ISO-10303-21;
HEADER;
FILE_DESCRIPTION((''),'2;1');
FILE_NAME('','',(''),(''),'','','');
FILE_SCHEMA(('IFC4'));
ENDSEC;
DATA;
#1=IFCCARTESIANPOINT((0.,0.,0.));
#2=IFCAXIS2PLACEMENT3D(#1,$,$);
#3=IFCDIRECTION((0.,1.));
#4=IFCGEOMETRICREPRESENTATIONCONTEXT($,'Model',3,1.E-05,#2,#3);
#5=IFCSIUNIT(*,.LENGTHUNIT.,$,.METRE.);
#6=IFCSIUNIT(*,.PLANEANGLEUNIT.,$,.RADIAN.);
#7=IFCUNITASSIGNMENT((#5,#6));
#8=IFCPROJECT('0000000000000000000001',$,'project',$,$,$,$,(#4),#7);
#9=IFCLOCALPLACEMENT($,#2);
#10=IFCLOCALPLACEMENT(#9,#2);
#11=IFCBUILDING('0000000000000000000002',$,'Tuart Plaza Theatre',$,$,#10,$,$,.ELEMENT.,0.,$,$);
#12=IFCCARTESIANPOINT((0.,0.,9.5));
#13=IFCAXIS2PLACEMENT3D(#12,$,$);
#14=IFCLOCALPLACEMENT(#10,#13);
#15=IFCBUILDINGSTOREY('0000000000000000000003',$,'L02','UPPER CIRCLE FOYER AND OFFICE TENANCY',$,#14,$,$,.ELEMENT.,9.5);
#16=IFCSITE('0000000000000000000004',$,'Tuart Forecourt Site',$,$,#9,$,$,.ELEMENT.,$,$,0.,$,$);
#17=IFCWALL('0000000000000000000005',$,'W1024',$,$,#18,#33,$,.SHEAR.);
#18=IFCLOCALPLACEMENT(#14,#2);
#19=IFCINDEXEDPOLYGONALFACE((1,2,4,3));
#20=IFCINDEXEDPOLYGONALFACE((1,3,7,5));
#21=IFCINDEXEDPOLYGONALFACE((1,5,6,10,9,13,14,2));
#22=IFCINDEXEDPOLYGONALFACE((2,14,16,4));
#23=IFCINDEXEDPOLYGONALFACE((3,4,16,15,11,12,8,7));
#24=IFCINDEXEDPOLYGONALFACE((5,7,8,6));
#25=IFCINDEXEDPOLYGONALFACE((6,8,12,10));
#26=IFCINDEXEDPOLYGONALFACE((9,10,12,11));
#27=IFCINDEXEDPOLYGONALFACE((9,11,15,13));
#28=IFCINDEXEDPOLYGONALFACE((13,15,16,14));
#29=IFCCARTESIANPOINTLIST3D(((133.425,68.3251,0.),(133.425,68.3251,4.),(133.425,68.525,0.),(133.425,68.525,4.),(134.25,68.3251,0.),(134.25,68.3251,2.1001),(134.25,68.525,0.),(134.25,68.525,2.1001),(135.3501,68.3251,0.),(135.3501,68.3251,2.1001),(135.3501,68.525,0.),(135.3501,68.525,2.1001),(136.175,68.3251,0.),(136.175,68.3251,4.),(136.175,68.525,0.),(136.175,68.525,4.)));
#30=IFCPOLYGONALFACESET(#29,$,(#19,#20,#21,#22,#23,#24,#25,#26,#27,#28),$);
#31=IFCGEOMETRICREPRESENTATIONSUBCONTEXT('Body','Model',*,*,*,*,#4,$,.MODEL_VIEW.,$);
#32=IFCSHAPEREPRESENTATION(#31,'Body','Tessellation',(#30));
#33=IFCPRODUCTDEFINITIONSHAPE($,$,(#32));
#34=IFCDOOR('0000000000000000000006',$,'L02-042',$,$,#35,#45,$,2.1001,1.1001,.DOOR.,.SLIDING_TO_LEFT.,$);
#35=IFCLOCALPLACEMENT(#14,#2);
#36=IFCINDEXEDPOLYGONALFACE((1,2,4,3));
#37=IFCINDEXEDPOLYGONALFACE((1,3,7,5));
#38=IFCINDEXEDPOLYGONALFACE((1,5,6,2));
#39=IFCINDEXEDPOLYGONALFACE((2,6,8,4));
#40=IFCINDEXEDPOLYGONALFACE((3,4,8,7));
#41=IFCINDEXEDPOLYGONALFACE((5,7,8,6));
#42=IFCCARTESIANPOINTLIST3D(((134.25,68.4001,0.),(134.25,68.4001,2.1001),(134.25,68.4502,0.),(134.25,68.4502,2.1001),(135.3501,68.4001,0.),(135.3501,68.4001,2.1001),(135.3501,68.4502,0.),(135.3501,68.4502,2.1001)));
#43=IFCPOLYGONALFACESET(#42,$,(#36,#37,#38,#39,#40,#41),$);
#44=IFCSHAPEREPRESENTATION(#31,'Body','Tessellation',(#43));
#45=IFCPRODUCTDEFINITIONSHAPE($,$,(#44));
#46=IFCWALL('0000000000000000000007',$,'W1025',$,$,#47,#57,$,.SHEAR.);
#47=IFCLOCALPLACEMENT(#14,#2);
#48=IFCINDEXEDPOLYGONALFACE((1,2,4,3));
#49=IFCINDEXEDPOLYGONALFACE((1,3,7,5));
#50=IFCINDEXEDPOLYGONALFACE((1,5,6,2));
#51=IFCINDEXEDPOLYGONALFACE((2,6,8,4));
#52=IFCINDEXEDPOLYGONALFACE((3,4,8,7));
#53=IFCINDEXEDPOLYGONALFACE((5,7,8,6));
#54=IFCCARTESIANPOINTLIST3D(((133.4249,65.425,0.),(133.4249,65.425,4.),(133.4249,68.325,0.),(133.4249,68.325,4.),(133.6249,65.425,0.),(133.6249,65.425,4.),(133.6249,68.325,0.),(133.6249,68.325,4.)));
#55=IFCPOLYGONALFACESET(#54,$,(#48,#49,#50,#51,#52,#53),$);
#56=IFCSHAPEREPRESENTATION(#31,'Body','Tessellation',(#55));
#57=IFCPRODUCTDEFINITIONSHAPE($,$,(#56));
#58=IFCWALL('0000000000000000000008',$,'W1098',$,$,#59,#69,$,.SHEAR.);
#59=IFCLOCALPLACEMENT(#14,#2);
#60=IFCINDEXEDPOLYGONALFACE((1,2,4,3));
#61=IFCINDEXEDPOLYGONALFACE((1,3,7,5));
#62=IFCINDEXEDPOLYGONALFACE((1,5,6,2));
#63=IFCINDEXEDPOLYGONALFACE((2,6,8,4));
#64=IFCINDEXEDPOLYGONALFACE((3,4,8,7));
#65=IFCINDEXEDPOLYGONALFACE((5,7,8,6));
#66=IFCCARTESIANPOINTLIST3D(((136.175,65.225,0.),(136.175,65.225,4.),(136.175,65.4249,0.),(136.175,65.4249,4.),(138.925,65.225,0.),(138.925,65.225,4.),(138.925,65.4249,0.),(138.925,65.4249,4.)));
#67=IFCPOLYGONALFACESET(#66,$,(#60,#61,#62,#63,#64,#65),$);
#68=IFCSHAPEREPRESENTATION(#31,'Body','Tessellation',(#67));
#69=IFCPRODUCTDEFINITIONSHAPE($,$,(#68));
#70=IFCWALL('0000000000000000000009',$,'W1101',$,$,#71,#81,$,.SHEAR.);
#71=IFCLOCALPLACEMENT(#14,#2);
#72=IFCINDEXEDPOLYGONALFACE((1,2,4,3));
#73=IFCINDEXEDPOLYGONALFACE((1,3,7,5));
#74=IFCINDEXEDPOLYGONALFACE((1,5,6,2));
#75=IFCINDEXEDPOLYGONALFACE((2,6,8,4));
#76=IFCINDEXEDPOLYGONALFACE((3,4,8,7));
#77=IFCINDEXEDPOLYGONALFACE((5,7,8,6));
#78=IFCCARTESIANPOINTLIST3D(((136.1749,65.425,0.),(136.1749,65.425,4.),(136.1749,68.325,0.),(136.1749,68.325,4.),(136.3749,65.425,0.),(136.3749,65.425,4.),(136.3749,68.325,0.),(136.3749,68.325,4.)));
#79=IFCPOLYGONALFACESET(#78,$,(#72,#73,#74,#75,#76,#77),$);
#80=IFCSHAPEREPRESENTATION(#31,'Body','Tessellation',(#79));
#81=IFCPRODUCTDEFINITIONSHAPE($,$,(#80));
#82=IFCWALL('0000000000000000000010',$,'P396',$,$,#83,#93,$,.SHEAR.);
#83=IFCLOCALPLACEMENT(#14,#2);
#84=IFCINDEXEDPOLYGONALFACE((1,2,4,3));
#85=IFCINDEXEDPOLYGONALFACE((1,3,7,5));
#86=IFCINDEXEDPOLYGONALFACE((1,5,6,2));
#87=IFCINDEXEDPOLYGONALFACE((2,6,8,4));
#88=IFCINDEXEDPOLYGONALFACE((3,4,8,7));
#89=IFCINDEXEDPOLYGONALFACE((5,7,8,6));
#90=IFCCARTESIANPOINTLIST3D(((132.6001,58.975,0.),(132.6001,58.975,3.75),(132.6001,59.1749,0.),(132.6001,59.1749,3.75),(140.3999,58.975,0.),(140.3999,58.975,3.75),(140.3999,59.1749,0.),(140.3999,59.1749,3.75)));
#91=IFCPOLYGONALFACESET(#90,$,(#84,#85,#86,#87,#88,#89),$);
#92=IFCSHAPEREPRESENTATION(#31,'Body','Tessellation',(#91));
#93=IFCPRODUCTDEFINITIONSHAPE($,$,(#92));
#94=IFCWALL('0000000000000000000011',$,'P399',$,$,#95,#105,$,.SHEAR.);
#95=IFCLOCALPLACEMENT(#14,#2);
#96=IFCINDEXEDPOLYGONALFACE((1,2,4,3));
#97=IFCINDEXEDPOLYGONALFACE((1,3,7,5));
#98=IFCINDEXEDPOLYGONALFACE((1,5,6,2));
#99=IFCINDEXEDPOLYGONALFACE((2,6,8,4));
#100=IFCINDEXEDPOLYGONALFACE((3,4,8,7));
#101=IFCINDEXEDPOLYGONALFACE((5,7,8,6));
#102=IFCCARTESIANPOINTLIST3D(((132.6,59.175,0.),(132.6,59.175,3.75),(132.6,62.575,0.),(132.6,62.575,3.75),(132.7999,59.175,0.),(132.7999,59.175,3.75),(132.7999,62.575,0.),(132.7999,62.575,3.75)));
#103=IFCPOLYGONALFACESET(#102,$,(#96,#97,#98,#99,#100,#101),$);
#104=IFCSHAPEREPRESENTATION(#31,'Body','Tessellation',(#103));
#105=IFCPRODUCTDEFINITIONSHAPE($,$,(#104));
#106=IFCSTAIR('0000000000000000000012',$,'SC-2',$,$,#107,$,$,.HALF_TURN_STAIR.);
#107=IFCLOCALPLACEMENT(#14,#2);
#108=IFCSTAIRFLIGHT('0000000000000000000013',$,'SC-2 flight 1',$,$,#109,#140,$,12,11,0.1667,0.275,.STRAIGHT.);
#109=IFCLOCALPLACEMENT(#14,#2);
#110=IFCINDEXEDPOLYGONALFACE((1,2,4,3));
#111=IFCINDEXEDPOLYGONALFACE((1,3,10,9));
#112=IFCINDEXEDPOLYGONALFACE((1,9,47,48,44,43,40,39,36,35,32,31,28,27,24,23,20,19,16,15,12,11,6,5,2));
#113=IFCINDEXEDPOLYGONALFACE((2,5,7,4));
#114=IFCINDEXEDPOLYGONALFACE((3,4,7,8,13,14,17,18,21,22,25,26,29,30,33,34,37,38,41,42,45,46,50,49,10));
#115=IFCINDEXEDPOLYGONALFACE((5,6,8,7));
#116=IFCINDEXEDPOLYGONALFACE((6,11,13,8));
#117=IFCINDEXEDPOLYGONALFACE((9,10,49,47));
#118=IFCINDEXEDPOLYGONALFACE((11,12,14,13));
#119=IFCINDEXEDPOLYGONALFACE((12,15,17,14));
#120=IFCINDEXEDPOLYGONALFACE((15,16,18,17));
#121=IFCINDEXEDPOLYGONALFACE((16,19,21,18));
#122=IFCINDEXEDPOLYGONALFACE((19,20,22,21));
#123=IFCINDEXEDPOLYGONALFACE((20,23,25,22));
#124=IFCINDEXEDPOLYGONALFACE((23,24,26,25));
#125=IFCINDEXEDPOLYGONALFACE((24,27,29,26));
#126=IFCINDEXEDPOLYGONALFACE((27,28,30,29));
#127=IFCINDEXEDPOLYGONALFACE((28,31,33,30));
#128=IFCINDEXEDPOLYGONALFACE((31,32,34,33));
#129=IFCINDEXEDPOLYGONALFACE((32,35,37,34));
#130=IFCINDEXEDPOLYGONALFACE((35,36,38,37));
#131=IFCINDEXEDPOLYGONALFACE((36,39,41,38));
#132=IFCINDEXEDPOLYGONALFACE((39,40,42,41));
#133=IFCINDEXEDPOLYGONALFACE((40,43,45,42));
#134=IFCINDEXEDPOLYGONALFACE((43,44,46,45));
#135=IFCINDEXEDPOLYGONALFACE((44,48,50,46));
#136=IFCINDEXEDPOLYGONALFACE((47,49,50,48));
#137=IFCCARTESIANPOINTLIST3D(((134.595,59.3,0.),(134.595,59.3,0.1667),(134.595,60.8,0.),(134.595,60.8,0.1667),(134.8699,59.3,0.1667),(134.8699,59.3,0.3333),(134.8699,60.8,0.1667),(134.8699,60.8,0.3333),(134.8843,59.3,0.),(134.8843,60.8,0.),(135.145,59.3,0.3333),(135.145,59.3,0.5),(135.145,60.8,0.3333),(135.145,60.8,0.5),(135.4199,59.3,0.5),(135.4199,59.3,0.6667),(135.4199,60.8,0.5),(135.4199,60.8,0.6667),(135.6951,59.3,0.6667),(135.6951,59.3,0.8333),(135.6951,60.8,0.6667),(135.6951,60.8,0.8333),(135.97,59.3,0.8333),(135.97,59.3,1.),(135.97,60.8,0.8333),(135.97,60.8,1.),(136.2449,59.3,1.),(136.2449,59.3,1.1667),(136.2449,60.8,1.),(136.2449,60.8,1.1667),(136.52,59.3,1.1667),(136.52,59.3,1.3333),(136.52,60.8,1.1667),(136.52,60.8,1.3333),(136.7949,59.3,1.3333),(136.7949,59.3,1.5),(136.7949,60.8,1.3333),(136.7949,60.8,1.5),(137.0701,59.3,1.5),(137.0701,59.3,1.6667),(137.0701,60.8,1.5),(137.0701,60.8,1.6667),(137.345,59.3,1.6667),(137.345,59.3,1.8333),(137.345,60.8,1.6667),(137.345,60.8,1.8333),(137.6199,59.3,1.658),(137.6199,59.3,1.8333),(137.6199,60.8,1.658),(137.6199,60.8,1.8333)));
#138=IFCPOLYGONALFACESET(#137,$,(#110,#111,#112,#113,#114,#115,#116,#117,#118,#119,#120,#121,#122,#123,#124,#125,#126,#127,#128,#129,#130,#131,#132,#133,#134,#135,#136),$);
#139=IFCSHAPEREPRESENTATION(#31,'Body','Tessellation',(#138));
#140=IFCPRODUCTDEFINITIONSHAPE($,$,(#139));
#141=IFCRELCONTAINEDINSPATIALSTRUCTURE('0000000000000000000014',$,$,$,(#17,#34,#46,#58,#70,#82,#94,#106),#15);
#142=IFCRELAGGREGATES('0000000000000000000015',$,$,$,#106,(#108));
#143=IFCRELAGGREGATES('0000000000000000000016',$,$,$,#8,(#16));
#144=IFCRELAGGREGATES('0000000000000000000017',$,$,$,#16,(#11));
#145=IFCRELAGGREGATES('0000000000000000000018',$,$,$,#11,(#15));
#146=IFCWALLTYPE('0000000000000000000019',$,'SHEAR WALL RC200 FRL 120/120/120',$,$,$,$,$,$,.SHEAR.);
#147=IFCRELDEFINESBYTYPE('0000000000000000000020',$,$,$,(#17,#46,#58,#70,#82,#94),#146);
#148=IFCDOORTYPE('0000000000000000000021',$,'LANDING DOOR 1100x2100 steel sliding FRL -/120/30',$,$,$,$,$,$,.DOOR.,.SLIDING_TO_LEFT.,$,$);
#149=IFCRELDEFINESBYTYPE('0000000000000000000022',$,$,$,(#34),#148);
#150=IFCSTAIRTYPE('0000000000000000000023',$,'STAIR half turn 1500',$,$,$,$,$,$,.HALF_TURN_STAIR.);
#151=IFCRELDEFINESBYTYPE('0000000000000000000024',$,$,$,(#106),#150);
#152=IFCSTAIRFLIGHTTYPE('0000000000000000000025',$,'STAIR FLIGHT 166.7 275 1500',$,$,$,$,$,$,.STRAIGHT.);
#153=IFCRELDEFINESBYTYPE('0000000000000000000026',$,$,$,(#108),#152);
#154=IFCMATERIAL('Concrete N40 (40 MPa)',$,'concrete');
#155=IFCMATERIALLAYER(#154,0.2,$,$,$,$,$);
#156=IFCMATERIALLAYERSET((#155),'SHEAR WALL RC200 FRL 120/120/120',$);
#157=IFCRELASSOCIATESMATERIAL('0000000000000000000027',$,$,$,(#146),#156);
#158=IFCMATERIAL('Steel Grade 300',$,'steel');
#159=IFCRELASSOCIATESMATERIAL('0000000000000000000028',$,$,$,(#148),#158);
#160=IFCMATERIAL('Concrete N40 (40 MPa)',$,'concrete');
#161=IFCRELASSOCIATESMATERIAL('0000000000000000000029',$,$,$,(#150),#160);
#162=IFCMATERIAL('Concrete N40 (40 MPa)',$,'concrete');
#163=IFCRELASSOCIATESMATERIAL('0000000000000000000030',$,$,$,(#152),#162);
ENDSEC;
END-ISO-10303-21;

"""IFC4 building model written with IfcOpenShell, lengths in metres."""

from ifc_helpers import new_model, si_unit, direction, frame, frame_2d, origin, place, context, subcontext, project, spatial, polyline, rectangle, outline, extrude, material, layer, layer_set, type_object, element, fill, aggregate, save


model = new_model("IFC4")

# Units and contexts
model_context = context("Model", 3, precision=1e-05, world=origin(), true_north=direction((0.0, 1.0)))
body_context = subcontext(model_context, "Body", "Model", "MODEL_VIEW")
ifc_project = project(units=[si_unit("LENGTHUNIT", "METRE"), si_unit("PLANEANGLEUNIT", "RADIAN")], contexts=[model_context])

# Site, building, storey
site_placement = place(None, origin())
site = spatial("IfcSite", under=ifc_project, at=site_placement, Name="Tuart Forecourt Site", CompositionType="ELEMENT", RefElevation=0.0)
building_placement = place(site_placement, origin())
building = spatial("IfcBuilding", under=site, at=building_placement, Name="Tuart Plaza Theatre", CompositionType="ELEMENT", ElevationOfRefHeight=0.0)
storey_placement = place(building_placement, frame((0.0, 0.0, 9.5)))
storey = spatial("IfcBuildingStorey", under=building, at=storey_placement, Name="L02", Description="UPPER CIRCLE FOYER AND OFFICE TENANCY", CompositionType="ELEMENT", Elevation=9.5)

# Shared definitions
ifc_material_1 = material(Name="Concrete N40 (40 MPa)", Category="concrete")
ifc_layer_1 = layer(ifc_material_1, 0.2)
ifc_layer_set_1 = layer_set([ifc_layer_1], Name="SHEAR WALL RC200 FRL 120/120/120")
wall_type_1 = type_object("IfcWallType", Name="SHEAR WALL RC200 FRL 120/120/120", PredefinedType="SHEAR", material=ifc_layer_set_1)

# Shared definitions
ifc_material_2 = material(Name="Steel Grade 300", Category="steel")
door_type_1 = type_object("IfcDoorType", Name="LANDING DOOR 1100x2100 steel sliding FRL -/120/30", OperationType="SLIDING_TO_LEFT", PredefinedType="DOOR", material=ifc_material_2)

# Wall, opening, door
wall_1_placement = place(storey_placement, frame((136.175, 68.425, 0.0), z_axis=(0.0, 0.0, 1.0), x_axis=(-1.0, 0.0, 0.0)))
wall_1 = element("IfcWall", 1, at=wall_1_placement, inside=storey, type_object=wall_type_1, Name="W1024", PredefinedType="SHEAR", context=body_context, shape_type="SweptSolid", body=[
    extrude(rectangle(XDim=2.75, YDim=0.2, at=frame_2d((1.375, 0.0))), origin(), (0.0, 0.0, 1.0), 4.0),
])
opening_1_placement = place(wall_1_placement, frame((0.825, 0.0, 0.0)))
opening_1 = element("IfcOpeningElement", 2, at=opening_1_placement, cuts=wall_1, PredefinedType="OPENING", context=body_context, shape_type="SweptSolid", body=[
    extrude(rectangle(XDim=1.1001, YDim=2.1001, at=frame_2d((0.55, 1.05))), frame((0.0, 0.1099, 0.0), z_axis=(0.0, -1.0, 0.0), x_axis=(1.0, 0.0, 0.0)), (0.0, 0.0, 1.0), 0.22),
])
door_1_placement = place(opening_1_placement, origin())
door_1 = element("IfcDoor", 3, at=door_1_placement, inside=storey, type_object=door_type_1, Name="L02-042", OperationType="SLIDING_TO_LEFT", OverallHeight=2.1001, OverallWidth=1.1001, PredefinedType="DOOR", context=body_context, shape_type="SweptSolid", body=[
    extrude(rectangle(XDim=1.1001, YDim=2.1001, at=frame_2d((0.55, 1.05))), frame((0.0, 0.0249, 0.0), z_axis=(0.0, -1.0, 0.0), x_axis=(1.0, 0.0, 0.0)), (0.0, 0.0, 1.0), 0.05),
])
fill(opening_1, door_1)

# Walls
wall_2_placement = place(storey_placement, frame((133.5249, 68.325, 0.0), z_axis=(0.0, 0.0, 1.0), x_axis=(0.0, -1.0, 0.0)))
element("IfcWall", 4, at=wall_2_placement, inside=storey, type_object=wall_type_1, Name="W1025", PredefinedType="SHEAR", context=body_context, shape_type="SweptSolid", body=[
    extrude(rectangle(XDim=2.8999, YDim=0.2, at=frame_2d((1.45, 0.0))), origin(), (0.0, 0.0, 1.0), 4.0),
])
wall_3_placement = place(storey_placement, frame((136.175, 65.325, 0.0), z_axis=(0.0, 0.0, 1.0), x_axis=(1.0, 0.0, 0.0)))
element("IfcWall", 5, at=wall_3_placement, inside=storey, type_object=wall_type_1, Name="W1098", PredefinedType="SHEAR", context=body_context, shape_type="SweptSolid", body=[
    extrude(rectangle(XDim=2.75, YDim=0.2, at=frame_2d((1.375, 0.0))), origin(), (0.0, 0.0, 1.0), 4.0),
])
wall_4_placement = place(storey_placement, frame((136.2749, 68.325, 0.0), z_axis=(0.0, 0.0, 1.0), x_axis=(0.0, -1.0, 0.0)))
element("IfcWall", 6, at=wall_4_placement, inside=storey, type_object=wall_type_1, Name="W1101", PredefinedType="SHEAR", context=body_context, shape_type="SweptSolid", body=[
    extrude(rectangle(XDim=2.8999, YDim=0.2, at=frame_2d((1.45, 0.0))), origin(), (0.0, 0.0, 1.0), 4.0),
])
wall_5_placement = place(storey_placement, frame((132.6001, 59.075, 0.0), z_axis=(0.0, 0.0, 1.0), x_axis=(1.0, 0.0, 0.0)))
element("IfcWall", 7, at=wall_5_placement, inside=storey, type_object=wall_type_1, Name="P396", PredefinedType="SHEAR", context=body_context, shape_type="SweptSolid", body=[
    extrude(rectangle(XDim=7.7998, YDim=0.2, at=frame_2d((3.8999, 0.0))), origin(), (0.0, 0.0, 1.0), 3.75),
])
wall_6_placement = place(storey_placement, frame((132.7, 62.575, 0.0), z_axis=(0.0, 0.0, 1.0), x_axis=(0.0, -1.0, 0.0)))
element("IfcWall", 8, at=wall_6_placement, inside=storey, type_object=wall_type_1, Name="P399", PredefinedType="SHEAR", context=body_context, shape_type="SweptSolid", body=[
    extrude(rectangle(XDim=3.3999, YDim=0.2, at=frame_2d((1.7, 0.0))), origin(), (0.0, 0.0, 1.0), 3.75),
])

# Stair, stair flight
ifc_material_3 = material(Name="Concrete N40 (40 MPa)", Category="concrete")
stair_type = type_object("IfcStairType", Name="STAIR half turn 1500", PredefinedType="HALF_TURN_STAIR", material=ifc_material_3)
stair_placement = place(storey_placement, origin())
stair = element("IfcStair", 9, at=stair_placement, inside=storey, type_object=stair_type, Name="SC-2", PredefinedType="HALF_TURN_STAIR")
ifc_material_4 = material(Name="Concrete N40 (40 MPa)", Category="concrete")
stair_flight_type = type_object("IfcStairFlightType", Name="STAIR FLIGHT 166.7 275 1500", PredefinedType="STRAIGHT", material=ifc_material_4)
stair_flight_placement = place(storey_placement, frame((134.595, 60.05, 0.0), z_axis=(0.0, 0.0, 1.0), x_axis=(1.0, 0.0, 0.0)))
stair_flight = element("IfcStairFlight", 10, at=stair_flight_placement, type_object=stair_flight_type, Name="SC-2 flight 1", NumberOfRisers=12, NumberOfTreads=11, PredefinedType="STRAIGHT", RiserHeight=0.1667, TreadLength=0.275, context=body_context, shape_type="SweptSolid", body=[
    extrude(outline(polyline([(0.0, 0.0), (0.0, 0.1667), (0.2749, 0.1667), (0.2749, 0.3333), (0.55, 0.3333), (0.55, 0.5), (0.825, 0.5), (0.825, 0.6667), (1.1001, 0.6667), (1.1001, 0.8333), (1.375, 0.8333), (1.375, 1.0), (1.6499, 1.0), (1.6499, 1.1667), (1.925, 1.1667), (1.925, 1.3333), (2.2, 1.3333), (2.2, 1.5), (2.4751, 1.5), (2.4751, 1.6667), (2.75, 1.6667), (2.75, 1.8333), (3.0249, 1.8333), (3.0249, 2.0), (3.0249, 1.658), (0.2893, 0.0), (0.0, 0.0)])), frame((0.0, 0.75, 0.0), z_axis=(0.0, -1.0, 0.0), x_axis=(1.0, 0.0, 0.0)), (0.0, 0.0, 1.0), 1.5),
])
aggregate(stair, [stair_flight])

save(model, "model.ifc")
